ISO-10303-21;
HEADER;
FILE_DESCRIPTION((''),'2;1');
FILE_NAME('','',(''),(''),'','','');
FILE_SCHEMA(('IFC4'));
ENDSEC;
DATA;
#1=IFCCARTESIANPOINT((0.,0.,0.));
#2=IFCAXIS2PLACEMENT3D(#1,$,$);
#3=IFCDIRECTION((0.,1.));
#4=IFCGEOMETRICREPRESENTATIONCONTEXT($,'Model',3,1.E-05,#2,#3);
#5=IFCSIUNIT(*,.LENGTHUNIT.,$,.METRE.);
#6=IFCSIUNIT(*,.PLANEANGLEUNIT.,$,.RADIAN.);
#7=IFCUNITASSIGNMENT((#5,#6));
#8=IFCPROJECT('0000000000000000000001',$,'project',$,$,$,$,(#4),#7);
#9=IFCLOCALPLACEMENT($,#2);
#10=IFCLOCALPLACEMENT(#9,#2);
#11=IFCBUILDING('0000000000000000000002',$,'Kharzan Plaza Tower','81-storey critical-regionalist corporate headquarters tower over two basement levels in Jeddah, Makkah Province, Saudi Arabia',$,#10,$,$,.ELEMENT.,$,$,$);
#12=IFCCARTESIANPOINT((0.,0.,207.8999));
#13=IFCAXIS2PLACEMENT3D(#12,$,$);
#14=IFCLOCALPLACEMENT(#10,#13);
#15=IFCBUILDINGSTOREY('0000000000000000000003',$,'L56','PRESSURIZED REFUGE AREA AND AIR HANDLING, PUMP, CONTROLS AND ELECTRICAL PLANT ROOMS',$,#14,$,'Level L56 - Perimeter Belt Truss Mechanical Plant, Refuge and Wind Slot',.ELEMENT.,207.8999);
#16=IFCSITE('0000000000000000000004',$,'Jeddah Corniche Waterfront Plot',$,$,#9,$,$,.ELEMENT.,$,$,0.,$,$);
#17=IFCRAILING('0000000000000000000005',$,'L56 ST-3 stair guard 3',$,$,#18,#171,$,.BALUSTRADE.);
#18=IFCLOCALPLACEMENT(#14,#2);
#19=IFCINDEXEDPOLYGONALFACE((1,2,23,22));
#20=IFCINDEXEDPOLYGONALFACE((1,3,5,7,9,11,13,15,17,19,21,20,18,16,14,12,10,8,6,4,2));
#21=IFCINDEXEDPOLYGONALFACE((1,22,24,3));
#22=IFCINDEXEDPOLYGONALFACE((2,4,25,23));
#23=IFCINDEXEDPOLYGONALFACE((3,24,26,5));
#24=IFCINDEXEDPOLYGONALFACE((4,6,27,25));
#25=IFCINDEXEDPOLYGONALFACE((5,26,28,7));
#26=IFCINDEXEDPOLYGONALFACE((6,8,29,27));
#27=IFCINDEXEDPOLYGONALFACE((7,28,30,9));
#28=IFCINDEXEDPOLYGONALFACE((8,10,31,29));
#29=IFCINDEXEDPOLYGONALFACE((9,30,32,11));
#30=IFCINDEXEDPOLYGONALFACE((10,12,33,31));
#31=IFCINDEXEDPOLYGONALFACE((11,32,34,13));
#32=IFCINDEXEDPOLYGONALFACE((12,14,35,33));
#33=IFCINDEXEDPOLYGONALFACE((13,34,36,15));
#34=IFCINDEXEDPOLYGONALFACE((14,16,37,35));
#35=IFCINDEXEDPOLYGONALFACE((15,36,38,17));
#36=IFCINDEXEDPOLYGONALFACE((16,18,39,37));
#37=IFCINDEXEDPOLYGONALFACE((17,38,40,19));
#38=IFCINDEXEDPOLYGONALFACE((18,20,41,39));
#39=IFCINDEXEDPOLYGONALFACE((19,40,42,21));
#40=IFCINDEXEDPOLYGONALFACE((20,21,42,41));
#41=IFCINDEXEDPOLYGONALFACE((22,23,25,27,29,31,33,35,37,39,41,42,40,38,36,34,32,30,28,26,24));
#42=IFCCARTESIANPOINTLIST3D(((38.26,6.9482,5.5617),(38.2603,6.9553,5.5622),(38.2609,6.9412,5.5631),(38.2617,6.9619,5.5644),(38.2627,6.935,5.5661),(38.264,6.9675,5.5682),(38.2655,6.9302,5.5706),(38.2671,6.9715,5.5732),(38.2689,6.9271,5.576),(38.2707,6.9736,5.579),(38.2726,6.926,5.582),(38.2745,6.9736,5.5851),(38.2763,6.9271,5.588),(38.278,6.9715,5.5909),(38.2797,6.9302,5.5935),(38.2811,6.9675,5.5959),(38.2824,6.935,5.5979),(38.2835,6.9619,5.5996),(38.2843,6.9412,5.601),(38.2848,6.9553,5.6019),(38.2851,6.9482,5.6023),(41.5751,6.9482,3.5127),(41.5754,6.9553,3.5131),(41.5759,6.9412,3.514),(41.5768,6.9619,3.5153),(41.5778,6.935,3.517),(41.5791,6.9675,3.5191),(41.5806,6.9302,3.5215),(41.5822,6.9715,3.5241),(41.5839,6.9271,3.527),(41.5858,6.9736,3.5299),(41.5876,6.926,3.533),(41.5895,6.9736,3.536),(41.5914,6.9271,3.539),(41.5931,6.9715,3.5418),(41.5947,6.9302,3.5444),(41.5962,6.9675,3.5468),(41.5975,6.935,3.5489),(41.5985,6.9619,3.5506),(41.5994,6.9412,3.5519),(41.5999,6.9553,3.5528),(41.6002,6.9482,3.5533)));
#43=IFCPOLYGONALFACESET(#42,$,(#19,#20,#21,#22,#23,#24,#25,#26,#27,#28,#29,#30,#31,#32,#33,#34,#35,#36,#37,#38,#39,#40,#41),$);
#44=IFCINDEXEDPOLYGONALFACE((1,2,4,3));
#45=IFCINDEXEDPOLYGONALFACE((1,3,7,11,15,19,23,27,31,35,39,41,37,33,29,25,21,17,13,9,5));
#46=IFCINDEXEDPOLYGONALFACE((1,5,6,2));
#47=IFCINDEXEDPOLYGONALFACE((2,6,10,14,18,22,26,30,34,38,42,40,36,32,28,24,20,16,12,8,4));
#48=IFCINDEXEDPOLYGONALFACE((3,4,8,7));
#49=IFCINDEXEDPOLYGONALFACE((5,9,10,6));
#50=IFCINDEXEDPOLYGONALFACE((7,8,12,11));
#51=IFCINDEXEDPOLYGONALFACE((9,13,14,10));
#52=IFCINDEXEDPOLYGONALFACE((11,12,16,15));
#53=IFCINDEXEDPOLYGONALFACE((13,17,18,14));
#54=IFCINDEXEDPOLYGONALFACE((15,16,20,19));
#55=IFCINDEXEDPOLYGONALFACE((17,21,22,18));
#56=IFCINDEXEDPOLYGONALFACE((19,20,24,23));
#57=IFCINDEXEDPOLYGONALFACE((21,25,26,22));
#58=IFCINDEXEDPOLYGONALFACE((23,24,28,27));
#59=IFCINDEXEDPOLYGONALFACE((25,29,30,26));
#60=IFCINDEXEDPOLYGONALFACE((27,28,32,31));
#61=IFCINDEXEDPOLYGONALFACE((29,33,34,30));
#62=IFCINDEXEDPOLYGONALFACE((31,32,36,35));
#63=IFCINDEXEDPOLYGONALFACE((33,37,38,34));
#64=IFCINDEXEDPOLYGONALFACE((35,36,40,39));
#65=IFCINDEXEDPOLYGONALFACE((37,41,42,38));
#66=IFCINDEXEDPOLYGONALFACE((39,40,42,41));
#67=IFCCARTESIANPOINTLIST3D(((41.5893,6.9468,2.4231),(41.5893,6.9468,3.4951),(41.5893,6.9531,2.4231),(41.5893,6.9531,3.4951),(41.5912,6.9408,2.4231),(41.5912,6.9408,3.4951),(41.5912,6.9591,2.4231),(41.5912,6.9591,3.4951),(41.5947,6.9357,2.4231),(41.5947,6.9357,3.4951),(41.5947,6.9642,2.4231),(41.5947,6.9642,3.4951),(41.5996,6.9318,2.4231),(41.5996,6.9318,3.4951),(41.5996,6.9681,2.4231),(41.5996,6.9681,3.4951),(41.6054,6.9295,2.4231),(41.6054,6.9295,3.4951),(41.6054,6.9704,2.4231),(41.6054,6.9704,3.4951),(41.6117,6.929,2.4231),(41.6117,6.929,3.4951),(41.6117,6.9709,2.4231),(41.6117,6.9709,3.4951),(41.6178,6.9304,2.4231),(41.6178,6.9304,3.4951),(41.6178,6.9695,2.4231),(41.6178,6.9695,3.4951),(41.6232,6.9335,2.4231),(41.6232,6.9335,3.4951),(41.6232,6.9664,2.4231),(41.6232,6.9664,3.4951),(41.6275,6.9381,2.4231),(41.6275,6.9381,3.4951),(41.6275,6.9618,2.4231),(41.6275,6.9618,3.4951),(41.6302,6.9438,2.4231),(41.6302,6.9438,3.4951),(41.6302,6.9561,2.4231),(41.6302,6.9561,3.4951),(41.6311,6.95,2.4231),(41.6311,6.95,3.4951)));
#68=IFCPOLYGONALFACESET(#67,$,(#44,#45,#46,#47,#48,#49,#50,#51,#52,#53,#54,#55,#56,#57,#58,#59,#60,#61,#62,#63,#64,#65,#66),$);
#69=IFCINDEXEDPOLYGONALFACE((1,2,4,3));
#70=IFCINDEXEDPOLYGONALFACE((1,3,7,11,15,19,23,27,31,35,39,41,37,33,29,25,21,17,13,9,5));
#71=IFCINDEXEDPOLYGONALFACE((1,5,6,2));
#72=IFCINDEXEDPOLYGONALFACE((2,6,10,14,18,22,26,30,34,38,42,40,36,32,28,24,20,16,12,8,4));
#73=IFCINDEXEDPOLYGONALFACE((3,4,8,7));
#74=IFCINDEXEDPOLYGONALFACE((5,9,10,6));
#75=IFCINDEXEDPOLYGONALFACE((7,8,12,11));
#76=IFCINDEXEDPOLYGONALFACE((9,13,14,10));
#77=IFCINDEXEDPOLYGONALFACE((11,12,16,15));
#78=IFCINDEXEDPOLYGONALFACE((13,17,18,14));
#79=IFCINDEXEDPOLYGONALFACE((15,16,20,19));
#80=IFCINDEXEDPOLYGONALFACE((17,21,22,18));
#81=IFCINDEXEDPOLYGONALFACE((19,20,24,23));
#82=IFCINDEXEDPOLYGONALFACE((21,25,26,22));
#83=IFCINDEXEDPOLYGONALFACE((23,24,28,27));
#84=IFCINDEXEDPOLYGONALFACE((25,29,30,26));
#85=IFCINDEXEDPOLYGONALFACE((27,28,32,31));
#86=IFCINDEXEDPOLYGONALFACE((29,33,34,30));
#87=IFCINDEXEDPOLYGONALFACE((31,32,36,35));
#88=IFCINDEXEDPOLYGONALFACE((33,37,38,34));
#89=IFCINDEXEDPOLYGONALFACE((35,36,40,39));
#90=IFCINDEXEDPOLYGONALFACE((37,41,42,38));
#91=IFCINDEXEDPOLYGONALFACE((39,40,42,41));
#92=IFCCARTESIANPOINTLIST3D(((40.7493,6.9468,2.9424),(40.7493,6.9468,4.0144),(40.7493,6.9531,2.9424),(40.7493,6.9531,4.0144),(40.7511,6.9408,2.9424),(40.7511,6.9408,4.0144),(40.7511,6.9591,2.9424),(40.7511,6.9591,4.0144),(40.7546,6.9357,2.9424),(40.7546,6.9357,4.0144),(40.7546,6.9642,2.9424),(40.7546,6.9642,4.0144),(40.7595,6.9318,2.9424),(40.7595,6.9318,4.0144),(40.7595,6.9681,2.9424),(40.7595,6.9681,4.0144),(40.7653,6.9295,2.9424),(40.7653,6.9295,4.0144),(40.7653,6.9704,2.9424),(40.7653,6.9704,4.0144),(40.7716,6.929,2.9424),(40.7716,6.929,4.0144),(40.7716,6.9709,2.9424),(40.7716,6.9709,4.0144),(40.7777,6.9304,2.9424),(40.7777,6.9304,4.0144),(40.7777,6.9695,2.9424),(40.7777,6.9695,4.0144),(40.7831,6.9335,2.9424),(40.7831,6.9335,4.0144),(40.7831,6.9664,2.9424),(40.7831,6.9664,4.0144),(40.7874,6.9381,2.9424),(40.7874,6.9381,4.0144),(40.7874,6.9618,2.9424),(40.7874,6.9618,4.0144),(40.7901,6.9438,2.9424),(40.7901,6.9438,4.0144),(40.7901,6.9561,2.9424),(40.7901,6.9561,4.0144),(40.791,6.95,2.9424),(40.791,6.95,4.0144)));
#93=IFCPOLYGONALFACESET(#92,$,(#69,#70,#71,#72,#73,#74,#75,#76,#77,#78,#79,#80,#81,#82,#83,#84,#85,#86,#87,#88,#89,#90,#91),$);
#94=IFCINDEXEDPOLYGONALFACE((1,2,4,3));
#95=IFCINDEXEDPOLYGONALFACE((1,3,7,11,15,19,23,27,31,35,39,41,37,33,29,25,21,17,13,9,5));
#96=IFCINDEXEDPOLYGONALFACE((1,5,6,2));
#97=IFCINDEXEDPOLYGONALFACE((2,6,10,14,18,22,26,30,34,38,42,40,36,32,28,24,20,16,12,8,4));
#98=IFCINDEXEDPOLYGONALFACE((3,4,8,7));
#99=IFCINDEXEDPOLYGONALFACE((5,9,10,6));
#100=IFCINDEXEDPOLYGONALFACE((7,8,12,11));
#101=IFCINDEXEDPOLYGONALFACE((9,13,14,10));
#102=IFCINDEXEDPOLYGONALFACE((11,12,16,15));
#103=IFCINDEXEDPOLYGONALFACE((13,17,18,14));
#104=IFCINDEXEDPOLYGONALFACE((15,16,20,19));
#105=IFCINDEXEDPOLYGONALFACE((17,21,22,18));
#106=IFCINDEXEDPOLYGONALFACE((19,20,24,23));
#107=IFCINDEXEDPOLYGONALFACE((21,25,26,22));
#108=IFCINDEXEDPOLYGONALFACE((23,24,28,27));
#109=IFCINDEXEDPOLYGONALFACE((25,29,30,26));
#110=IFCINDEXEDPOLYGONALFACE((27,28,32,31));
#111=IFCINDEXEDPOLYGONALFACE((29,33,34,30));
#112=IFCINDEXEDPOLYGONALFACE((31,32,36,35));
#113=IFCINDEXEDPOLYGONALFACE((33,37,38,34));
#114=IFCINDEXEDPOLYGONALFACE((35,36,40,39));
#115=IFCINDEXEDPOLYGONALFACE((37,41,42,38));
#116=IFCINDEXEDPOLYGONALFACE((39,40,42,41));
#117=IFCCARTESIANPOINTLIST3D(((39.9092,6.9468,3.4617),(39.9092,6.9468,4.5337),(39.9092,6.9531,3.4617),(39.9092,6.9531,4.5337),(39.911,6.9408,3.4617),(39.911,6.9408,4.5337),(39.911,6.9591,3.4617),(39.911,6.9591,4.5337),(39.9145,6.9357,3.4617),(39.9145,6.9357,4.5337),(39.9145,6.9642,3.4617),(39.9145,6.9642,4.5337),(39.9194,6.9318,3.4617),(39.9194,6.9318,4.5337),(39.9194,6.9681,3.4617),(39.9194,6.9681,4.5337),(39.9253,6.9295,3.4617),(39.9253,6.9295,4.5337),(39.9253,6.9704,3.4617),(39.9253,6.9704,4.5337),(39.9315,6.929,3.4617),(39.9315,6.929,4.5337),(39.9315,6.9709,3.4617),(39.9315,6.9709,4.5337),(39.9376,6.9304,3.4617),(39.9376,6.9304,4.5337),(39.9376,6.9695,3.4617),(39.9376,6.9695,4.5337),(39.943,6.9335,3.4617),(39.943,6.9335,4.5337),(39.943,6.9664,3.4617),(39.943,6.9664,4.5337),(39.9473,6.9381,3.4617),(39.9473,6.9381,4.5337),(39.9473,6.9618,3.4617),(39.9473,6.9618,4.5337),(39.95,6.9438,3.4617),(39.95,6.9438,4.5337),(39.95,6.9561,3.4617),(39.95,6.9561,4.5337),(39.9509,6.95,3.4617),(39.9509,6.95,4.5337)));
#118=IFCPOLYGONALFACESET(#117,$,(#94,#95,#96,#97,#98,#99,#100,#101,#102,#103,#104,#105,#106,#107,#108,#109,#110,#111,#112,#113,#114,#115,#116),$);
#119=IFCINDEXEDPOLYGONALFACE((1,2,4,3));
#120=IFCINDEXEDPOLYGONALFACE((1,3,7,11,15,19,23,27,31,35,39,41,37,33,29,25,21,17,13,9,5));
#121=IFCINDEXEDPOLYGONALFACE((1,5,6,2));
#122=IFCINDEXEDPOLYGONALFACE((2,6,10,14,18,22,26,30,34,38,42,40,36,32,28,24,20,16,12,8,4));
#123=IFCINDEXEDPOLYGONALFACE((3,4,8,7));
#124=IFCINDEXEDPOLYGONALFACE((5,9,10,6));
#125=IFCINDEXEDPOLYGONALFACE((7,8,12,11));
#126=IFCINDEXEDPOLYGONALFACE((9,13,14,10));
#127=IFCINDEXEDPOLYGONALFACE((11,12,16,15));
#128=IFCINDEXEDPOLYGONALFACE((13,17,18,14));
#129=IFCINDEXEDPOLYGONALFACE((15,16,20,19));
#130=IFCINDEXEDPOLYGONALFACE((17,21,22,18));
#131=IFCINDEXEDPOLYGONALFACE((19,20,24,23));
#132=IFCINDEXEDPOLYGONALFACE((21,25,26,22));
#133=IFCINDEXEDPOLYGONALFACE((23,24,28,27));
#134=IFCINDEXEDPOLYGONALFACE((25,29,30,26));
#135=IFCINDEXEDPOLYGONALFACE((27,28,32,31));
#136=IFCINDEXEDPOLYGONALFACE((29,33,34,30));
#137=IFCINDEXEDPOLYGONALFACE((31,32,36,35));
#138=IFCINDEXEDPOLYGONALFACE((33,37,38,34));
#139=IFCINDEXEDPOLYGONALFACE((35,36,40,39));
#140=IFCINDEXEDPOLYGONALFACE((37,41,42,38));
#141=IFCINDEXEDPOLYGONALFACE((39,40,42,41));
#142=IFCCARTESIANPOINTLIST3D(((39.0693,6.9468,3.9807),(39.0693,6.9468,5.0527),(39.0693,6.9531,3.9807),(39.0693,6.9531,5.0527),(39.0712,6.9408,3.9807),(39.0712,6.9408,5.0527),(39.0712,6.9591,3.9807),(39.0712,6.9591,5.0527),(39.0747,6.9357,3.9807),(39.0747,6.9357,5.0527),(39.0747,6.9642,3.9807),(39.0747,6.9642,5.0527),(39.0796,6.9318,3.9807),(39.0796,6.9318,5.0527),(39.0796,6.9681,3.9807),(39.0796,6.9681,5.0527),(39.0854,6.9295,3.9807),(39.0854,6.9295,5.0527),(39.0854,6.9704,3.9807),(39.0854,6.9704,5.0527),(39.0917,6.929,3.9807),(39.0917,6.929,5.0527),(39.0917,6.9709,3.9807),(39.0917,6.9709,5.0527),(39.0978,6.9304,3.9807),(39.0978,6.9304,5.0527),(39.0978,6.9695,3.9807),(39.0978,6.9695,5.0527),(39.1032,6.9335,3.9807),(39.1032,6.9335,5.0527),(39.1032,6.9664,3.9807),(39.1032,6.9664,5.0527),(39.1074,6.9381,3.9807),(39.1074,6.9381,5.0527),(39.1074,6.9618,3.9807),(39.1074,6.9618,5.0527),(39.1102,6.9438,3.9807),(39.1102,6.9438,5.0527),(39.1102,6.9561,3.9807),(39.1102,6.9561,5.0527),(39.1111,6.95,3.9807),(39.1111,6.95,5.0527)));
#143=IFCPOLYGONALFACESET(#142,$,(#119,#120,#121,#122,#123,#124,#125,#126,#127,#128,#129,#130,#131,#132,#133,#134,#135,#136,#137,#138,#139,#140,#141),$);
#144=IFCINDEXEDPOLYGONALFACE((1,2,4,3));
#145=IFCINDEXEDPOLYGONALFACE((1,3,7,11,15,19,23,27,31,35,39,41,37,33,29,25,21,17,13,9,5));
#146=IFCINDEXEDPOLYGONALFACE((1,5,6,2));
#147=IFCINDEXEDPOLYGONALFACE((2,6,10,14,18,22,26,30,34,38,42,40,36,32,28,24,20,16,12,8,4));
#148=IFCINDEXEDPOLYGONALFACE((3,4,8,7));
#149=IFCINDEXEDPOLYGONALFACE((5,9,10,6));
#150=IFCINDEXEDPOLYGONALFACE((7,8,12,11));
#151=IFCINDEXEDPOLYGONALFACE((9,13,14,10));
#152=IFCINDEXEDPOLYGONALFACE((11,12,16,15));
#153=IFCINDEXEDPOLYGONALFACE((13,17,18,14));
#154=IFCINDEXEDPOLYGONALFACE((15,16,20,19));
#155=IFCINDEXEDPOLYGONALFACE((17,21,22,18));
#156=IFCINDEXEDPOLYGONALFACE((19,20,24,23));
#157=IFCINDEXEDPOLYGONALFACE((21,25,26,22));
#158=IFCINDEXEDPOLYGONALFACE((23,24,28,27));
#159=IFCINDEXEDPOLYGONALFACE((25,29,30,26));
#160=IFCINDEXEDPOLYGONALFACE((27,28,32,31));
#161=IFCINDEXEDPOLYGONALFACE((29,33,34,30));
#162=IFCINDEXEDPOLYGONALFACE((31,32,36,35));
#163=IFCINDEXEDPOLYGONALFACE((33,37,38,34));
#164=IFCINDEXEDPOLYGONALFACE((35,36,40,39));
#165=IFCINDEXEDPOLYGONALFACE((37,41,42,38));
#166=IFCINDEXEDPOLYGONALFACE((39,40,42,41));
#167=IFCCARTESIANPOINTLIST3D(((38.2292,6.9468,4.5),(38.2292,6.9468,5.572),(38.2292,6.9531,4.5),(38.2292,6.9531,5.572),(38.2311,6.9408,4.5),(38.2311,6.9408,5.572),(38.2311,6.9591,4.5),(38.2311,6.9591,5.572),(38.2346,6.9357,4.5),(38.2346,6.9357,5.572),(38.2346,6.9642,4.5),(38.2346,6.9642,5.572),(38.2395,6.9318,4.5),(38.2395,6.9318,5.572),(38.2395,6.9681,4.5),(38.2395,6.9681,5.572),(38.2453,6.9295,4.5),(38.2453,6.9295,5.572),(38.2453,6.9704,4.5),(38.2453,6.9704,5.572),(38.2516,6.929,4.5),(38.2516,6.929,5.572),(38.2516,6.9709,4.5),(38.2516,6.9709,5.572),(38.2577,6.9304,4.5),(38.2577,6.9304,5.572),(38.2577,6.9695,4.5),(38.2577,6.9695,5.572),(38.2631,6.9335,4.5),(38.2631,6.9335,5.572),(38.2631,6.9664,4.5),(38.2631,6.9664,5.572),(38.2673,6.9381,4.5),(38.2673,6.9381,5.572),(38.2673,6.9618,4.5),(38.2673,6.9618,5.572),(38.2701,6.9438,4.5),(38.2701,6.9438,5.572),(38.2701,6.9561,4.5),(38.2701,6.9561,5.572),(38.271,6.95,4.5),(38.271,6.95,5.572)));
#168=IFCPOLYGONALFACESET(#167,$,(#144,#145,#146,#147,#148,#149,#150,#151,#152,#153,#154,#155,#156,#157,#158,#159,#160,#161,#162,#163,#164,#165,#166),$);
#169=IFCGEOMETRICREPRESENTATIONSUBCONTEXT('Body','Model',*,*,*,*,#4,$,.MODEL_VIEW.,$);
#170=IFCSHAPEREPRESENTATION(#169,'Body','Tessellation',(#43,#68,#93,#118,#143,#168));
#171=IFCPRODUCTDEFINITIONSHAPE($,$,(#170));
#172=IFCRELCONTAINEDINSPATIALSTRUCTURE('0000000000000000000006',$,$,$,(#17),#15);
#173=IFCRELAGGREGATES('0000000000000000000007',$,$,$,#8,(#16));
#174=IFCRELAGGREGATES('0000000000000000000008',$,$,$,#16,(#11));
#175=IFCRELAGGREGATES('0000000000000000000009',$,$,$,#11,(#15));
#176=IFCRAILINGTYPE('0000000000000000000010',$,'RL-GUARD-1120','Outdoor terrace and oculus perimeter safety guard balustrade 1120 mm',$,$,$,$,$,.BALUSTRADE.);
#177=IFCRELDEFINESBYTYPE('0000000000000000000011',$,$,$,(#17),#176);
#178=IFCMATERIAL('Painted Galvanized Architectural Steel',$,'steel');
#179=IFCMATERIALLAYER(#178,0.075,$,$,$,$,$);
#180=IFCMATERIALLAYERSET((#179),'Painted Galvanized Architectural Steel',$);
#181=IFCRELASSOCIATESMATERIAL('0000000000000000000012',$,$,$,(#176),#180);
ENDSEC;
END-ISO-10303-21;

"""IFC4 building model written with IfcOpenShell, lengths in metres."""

from ifc_helpers import new_model, si_unit, direction, frame, origin, origin_2d, place, context, subcontext, project, spatial, circle, extrude, source, transform, mapped, material, layer, layer_set, type_object, element, save


model = new_model("IFC4")

# Units and contexts
model_context = context("Model", 3, precision=1e-05, world=origin(), true_north=direction((0.0, 1.0)))
body_context = subcontext(model_context, "Body", "Model", "MODEL_VIEW")
ifc_project = project(units=[si_unit("LENGTHUNIT", "METRE"), si_unit("PLANEANGLEUNIT", "RADIAN")], contexts=[model_context])

# Site, building, storey
site_placement = place(None, origin())
site = spatial("IfcSite", under=ifc_project, at=site_placement, Name="Jeddah Corniche Waterfront Plot", CompositionType="ELEMENT", RefElevation=0.0)
building_placement = place(site_placement, origin())
building = spatial("IfcBuilding", under=site, at=building_placement, Name="Kharzan Plaza Tower", Description="81-storey critical-regionalist corporate headquarters tower over two basement levels in Jeddah, Makkah Province, Saudi Arabia", CompositionType="ELEMENT")
storey_placement = place(building_placement, frame((0.0, 0.0, 207.8999)))
storey = spatial("IfcBuildingStorey", under=building, at=storey_placement, Name="L56", Description="PRESSURIZED REFUGE AREA AND AIR HANDLING, PUMP, CONTROLS AND ELECTRICAL PLANT ROOMS", LongName="Level L56 - Perimeter Belt Truss Mechanical Plant, Refuge and Wind Slot", CompositionType="ELEMENT", Elevation=207.8999)

# Railing
ifc_material_1 = material(Name="Painted Galvanized Architectural Steel", Category="steel")
ifc_layer_1 = layer(ifc_material_1, 0.075)
ifc_layer_set_1 = layer_set([ifc_layer_1], Name="Painted Galvanized Architectural Steel")
railing_type_1 = type_object("IfcRailingType", Name="RL-GUARD-1120", Description="Outdoor terrace and oculus perimeter safety guard balustrade 1120 mm", PredefinedType="BALUSTRADE", material=ifc_layer_set_1)
shared_shape_1 = source(origin(), body_context, "Body", "SweptSolid", [
    extrude(circle(Radius=0.0239, at=origin_2d()), frame((-0.0225, 0.0, 1.1099), z_axis=(-0.850623, 0.0, 0.525776), x_axis=(0.0, -1.0, 0.0)), (0.0, 0.0, 1.0), 3.8972),
    extrude(circle(Radius=0.021, at=origin_2d()), origin(), (0.0, 0.0, 1.0), 1.072),
    extrude(circle(Radius=0.021, at=origin_2d()), frame((-0.8401, 0.0, 0.5193)), (0.0, 0.0, 1.0), 1.072),
    extrude(circle(Radius=0.021, at=origin_2d()), frame((-1.6802, 0.0, 1.0386)), (0.0, 0.0, 1.0), 1.072),
    extrude(circle(Radius=0.021, at=origin_2d()), frame((-2.52, 0.0, 1.5576)), (0.0, 0.0, 1.0), 1.072),
    extrude(circle(Radius=0.021, at=origin_2d()), frame((-3.3601, 0.0, 2.0769)), (0.0, 0.0, 1.0), 1.072),
])
railing_1_placement = place(storey_placement, frame((41.6101, 6.95, 2.4231)))
element("IfcRailing", 1, at=railing_1_placement, inside=storey, type_object=railing_type_1, Name="L56 ST-3 stair guard 3", PredefinedType="BALUSTRADE", context=body_context, shape_type="MappedRepresentation", body=[
    mapped(shared_shape_1, transform((0.0, 0.0, 0.0), x_axis=(1.0, 0.0, 0.0), y_axis=(0.0, 1.0, 0.0), z_axis=(0.0, 0.0, 1.0))),
])

save(model, "model.ifc")
